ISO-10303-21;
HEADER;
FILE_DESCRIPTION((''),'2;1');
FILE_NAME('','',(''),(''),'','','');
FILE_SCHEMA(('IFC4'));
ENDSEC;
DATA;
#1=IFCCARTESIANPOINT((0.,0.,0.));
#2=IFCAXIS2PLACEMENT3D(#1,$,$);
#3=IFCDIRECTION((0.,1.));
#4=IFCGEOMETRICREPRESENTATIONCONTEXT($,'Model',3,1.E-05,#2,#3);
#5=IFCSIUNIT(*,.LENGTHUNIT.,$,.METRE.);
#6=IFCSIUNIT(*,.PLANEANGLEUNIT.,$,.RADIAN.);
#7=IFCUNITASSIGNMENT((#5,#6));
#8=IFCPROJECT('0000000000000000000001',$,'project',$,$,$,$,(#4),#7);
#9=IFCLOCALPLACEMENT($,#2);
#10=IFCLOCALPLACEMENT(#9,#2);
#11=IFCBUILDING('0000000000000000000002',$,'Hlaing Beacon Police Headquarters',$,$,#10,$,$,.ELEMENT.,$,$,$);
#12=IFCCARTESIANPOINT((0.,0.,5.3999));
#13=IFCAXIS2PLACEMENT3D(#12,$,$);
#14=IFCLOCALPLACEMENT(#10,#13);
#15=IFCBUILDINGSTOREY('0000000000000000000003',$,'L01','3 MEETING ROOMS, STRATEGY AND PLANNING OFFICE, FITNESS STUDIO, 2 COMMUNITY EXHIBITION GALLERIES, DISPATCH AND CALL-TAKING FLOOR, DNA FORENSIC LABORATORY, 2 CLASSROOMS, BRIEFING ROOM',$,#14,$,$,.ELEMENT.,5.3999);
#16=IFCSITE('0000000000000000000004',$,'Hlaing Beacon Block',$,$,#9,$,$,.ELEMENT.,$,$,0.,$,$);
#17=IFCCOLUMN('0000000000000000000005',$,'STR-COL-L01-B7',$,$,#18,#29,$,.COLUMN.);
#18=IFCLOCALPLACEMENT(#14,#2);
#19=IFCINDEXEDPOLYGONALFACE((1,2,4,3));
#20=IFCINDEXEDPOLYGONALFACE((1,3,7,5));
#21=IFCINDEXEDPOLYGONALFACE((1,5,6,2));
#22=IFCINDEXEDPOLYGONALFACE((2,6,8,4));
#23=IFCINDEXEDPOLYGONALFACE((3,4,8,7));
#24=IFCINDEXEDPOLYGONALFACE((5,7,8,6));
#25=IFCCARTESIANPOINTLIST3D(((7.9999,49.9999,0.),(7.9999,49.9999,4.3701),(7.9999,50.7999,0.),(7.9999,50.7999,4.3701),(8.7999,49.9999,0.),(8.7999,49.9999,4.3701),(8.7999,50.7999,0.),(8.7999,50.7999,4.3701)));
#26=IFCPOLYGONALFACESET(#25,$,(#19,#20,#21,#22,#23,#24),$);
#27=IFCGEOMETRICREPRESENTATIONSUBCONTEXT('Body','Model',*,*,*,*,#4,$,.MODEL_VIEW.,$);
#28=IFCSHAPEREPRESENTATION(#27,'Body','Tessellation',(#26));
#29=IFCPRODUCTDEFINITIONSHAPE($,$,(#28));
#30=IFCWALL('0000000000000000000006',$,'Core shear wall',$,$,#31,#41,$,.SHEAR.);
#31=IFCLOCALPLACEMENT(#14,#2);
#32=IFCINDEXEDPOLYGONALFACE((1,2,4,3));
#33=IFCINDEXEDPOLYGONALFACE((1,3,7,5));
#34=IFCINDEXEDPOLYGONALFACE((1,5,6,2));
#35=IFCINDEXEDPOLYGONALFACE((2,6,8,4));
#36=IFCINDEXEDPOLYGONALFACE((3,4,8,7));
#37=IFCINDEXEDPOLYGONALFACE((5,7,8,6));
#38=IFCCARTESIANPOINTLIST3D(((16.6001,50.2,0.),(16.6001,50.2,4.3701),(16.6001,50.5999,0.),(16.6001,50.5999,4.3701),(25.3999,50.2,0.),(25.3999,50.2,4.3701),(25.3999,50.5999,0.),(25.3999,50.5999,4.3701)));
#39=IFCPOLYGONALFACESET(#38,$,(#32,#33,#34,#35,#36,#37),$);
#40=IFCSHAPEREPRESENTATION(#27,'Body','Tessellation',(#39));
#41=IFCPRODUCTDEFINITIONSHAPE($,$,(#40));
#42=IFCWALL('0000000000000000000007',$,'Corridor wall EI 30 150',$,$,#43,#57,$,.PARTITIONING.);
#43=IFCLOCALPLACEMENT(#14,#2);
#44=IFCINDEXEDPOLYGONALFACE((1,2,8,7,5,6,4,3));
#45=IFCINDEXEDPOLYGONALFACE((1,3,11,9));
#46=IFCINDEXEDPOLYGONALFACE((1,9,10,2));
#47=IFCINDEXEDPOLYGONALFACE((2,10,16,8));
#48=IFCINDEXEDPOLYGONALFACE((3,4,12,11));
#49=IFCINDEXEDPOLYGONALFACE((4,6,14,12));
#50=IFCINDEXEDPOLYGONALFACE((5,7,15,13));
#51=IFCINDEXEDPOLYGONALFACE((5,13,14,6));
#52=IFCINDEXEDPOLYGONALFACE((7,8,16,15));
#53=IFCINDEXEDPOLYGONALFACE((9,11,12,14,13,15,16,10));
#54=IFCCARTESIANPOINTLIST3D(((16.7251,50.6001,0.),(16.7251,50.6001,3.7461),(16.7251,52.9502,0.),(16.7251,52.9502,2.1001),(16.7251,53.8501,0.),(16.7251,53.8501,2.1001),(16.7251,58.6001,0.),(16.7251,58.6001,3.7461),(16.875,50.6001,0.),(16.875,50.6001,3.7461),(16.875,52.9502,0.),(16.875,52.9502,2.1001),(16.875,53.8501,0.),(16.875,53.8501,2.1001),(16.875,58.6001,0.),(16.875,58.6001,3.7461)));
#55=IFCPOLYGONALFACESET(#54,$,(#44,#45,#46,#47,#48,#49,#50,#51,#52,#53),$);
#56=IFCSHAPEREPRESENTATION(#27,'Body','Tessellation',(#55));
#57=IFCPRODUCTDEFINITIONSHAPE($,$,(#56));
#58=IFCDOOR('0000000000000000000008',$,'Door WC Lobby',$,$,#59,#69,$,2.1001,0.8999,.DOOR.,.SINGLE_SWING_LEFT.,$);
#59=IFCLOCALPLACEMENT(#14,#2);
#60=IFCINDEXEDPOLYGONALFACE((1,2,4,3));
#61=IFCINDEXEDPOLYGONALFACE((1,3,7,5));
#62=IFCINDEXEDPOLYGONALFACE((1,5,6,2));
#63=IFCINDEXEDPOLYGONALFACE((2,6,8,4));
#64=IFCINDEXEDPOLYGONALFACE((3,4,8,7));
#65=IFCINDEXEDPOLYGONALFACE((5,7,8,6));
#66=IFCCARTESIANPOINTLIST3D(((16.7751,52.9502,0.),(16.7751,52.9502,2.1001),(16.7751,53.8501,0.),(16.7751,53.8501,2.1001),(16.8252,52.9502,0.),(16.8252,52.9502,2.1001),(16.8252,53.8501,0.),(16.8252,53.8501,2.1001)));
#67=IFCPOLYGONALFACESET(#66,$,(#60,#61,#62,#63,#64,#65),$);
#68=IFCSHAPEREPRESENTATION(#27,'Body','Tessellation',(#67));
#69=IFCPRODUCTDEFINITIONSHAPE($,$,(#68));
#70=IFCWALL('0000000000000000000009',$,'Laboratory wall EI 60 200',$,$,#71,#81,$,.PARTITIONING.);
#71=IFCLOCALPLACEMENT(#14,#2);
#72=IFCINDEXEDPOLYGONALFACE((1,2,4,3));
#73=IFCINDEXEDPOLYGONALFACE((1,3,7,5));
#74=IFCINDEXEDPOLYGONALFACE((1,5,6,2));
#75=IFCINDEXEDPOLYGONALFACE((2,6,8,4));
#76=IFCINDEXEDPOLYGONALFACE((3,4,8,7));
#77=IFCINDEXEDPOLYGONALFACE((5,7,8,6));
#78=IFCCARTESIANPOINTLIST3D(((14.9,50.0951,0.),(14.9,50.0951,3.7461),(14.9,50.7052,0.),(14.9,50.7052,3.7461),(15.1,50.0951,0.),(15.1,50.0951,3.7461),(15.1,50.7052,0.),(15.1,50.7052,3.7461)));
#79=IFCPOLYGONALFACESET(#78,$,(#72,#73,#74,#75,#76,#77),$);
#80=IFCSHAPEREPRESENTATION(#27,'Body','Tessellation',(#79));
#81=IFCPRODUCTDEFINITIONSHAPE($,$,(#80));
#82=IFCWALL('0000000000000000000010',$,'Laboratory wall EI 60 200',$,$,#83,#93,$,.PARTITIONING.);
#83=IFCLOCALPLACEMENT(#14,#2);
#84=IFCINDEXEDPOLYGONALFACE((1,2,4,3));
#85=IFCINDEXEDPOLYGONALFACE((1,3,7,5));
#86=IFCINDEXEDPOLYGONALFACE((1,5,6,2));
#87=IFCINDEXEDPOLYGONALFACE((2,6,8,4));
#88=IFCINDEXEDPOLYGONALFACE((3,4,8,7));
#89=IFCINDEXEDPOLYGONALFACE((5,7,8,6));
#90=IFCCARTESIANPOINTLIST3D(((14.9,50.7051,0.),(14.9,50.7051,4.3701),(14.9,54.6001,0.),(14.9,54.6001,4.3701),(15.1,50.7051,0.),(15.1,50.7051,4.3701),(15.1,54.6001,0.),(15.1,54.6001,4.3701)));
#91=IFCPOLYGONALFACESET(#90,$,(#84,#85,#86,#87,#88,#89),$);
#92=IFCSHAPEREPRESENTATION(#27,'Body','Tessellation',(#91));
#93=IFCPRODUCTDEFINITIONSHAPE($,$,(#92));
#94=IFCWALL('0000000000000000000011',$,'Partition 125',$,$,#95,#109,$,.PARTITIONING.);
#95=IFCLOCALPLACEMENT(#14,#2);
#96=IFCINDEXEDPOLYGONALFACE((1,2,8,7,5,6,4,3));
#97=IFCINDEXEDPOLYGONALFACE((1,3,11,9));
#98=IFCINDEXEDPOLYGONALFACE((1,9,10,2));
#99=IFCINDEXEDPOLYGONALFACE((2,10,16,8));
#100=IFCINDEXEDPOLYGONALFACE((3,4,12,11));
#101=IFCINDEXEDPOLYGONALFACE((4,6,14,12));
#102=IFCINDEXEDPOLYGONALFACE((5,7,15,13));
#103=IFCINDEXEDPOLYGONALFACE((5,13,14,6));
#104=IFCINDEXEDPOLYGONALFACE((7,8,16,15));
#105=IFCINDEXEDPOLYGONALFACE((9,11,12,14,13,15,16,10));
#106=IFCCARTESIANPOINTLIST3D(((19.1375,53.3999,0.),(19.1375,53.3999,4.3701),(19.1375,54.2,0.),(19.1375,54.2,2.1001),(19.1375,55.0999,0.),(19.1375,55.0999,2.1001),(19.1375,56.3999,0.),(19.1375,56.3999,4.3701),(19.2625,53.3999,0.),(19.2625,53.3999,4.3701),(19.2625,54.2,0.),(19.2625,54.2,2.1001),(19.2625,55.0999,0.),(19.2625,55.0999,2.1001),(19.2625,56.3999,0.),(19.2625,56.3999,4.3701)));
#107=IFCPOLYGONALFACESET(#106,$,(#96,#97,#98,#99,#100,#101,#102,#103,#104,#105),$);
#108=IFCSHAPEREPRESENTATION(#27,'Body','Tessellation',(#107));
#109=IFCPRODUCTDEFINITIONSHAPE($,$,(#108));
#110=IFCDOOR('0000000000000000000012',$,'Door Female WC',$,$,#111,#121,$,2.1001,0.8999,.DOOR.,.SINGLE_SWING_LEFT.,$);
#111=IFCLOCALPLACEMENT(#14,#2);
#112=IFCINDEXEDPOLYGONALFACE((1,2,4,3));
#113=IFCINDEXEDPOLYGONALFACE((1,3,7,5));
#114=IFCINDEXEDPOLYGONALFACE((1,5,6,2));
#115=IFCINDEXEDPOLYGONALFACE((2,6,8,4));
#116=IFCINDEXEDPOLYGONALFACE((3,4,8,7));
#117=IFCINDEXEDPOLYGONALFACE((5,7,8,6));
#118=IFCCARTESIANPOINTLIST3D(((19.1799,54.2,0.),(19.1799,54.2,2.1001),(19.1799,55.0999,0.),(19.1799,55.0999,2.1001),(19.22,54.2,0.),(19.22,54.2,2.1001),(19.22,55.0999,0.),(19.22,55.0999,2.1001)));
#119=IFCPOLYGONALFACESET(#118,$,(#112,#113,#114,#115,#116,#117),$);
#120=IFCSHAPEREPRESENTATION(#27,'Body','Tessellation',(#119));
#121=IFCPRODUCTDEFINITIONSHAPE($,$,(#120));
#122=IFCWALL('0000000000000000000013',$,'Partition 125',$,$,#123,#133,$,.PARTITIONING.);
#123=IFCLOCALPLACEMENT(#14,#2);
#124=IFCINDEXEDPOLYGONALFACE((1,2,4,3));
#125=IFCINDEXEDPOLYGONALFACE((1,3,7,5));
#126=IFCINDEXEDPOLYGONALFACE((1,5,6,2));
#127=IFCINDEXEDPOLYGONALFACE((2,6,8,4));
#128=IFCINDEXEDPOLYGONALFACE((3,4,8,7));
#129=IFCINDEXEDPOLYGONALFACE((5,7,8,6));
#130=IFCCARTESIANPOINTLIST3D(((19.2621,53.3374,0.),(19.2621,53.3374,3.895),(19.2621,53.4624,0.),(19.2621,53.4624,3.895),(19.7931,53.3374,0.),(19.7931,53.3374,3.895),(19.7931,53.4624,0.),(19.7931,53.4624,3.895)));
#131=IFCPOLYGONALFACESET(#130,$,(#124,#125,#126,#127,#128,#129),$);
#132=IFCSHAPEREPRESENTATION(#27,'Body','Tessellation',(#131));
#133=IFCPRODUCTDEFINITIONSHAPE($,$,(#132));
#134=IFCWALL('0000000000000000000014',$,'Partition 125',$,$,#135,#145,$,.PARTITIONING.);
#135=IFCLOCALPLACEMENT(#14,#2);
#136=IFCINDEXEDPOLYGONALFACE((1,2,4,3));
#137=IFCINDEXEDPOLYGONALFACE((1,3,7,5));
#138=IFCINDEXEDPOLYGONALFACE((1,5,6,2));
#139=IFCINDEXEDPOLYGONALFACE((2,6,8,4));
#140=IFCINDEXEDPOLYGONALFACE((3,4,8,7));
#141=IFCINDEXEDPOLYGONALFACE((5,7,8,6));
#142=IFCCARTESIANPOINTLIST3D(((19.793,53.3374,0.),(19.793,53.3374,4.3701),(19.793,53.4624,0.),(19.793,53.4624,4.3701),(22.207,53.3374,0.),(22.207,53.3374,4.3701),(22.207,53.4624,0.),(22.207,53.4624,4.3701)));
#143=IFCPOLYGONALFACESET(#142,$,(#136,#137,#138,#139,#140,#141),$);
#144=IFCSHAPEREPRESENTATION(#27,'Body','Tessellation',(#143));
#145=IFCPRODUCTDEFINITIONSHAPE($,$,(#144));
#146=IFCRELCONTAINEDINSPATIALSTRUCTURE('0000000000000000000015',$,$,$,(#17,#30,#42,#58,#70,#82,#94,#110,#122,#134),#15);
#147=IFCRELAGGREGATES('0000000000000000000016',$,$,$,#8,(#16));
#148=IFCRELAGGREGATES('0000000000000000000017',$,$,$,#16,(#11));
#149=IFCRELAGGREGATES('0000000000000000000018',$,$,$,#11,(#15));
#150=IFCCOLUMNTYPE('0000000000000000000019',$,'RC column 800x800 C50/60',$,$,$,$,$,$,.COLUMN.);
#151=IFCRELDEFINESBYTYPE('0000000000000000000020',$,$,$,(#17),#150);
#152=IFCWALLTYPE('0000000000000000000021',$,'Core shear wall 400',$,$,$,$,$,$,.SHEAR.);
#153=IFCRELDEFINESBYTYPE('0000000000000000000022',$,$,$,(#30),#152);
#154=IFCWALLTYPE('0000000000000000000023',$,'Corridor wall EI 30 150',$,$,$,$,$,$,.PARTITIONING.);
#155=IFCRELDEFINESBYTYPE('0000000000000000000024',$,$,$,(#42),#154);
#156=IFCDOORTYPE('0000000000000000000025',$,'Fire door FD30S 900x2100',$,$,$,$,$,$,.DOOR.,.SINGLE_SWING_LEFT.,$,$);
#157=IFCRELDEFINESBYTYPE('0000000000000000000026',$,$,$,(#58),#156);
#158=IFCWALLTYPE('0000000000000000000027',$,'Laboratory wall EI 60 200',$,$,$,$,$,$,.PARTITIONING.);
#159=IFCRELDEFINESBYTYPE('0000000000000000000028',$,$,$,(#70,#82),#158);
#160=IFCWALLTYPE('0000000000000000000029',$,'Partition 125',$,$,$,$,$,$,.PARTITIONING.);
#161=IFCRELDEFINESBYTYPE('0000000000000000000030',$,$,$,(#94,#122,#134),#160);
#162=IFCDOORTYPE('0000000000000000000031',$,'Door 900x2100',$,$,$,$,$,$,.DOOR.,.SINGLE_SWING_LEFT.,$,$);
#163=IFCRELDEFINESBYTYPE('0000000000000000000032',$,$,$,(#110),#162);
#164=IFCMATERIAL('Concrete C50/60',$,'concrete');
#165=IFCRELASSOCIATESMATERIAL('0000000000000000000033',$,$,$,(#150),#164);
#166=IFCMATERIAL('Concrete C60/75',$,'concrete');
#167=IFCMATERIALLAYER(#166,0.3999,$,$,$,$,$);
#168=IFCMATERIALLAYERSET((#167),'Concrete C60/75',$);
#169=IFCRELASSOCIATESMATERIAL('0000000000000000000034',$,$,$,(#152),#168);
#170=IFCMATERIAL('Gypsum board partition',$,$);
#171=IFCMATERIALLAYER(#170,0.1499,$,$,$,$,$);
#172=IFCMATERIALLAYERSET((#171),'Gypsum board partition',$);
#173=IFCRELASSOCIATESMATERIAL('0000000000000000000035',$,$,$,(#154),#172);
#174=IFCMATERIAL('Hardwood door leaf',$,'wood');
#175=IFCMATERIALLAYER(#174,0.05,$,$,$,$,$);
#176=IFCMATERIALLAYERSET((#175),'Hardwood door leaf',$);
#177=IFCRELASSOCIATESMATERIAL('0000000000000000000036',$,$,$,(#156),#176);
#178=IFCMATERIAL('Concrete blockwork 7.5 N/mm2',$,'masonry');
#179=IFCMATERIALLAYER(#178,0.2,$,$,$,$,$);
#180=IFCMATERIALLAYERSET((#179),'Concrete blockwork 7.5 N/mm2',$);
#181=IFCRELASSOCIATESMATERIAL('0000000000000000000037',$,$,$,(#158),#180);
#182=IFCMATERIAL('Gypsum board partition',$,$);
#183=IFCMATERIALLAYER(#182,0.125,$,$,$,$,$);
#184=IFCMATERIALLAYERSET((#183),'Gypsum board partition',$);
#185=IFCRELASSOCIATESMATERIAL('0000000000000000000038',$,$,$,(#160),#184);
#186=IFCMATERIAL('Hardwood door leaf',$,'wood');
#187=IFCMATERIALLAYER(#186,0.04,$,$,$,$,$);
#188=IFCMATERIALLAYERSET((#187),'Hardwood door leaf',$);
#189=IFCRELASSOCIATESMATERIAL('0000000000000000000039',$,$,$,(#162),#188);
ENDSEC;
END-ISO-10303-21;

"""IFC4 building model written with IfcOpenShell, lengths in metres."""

from ifc_helpers import new_model, si_unit, direction, frame, frame_2d, origin, origin_2d, place, context, subcontext, project, spatial, rectangle, extrude, material, layer, layer_set, material_profile, profile_set, type_object, element, fill, save


model = new_model("IFC4")

# Units and contexts
model_context = context("Model", 3, precision=1e-05, world=origin(), true_north=direction((0.0, 1.0)))
body_context = subcontext(model_context, "Body", "Model", "MODEL_VIEW")
ifc_project = project(units=[si_unit("LENGTHUNIT", "METRE"), si_unit("PLANEANGLEUNIT", "RADIAN")], contexts=[model_context])

# Site, building, storey
site_placement = place(None, origin())
site = spatial("IfcSite", under=ifc_project, at=site_placement, Name="Hlaing Beacon Block", CompositionType="ELEMENT", RefElevation=0.0)
building_placement = place(site_placement, origin())
building = spatial("IfcBuilding", under=site, at=building_placement, Name="Hlaing Beacon Police Headquarters", CompositionType="ELEMENT")
storey_placement = place(building_placement, frame((0.0, 0.0, 5.3999)))
storey = spatial("IfcBuildingStorey", under=building, at=storey_placement, Name="L01", Description="3 MEETING ROOMS, STRATEGY AND PLANNING OFFICE, FITNESS STUDIO, 2 COMMUNITY EXHIBITION GALLERIES, DISPATCH AND CALL-TAKING FLOOR, DNA FORENSIC LABORATORY, 2 CLASSROOMS, BRIEFING ROOM", CompositionType="ELEMENT", Elevation=5.3999)

# Column
ifc_material_1 = material(Name="Concrete C50/60", Category="concrete")
ifc_material_profile = material_profile(ifc_material_1, rectangle(XDim=0.8, YDim=0.8, at=origin_2d()), Name="800x800")
ifc_profile_set = profile_set([ifc_material_profile], Name="Concrete C50/60")
column_type = type_object("IfcColumnType", Name="RC column 800x800 C50/60", PredefinedType="COLUMN", material=ifc_profile_set)
column_placement = place(storey_placement, frame((8.3999, 50.3999, 0.0), z_axis=(0.0, 0.0, 1.0), x_axis=(1.0, 0.0, 0.0)))
element("IfcColumn", 1, at=column_placement, inside=storey, type_object=column_type, Name="STR-COL-L01-B7", PredefinedType="COLUMN", context=body_context, shape_type="SweptSolid", body=[
    extrude(rectangle(XDim=0.8, YDim=0.8, at=origin_2d()), origin(), (0.0, 0.0, 1.0), 4.3701),
])

# Wall
ifc_material_2 = material(Name="Concrete C60/75", Category="concrete")
ifc_layer_1 = layer(ifc_material_2, 0.3999)
ifc_layer_set_1 = layer_set([ifc_layer_1], Name="Concrete C60/75")
wall_type_1 = type_object("IfcWallType", Name="Core shear wall 400", PredefinedType="SHEAR", material=ifc_layer_set_1)
wall_1_placement = place(storey_placement, frame((16.6001, 50.3999, 0.0), z_axis=(0.0, 0.0, 1.0), x_axis=(1.0, 0.0, 0.0)))
element("IfcWall", 2, at=wall_1_placement, inside=storey, type_object=wall_type_1, Name="Core shear wall", PredefinedType="SHEAR", context=body_context, shape_type="SweptSolid", body=[
    extrude(rectangle(XDim=8.7998, YDim=0.3999, at=frame_2d((4.3999, 0.0))), origin(), (0.0, 0.0, 1.0), 4.3701),
])

# Wall, opening, door
ifc_material_3 = material(Name="Gypsum board partition")
ifc_layer_2 = layer(ifc_material_3, 0.1499)
ifc_layer_set_2 = layer_set([ifc_layer_2], Name="Gypsum board partition")
wall_type_2 = type_object("IfcWallType", Name="Corridor wall EI 30 150", PredefinedType="PARTITIONING", material=ifc_layer_set_2)
wall_2_placement = place(storey_placement, frame((16.8, 50.6001, 0.0), z_axis=(0.0, 0.0, 1.0), x_axis=(0.0, 1.0, 0.0)))
wall_2 = element("IfcWall", 3, at=wall_2_placement, inside=storey, type_object=wall_type_2, Name="Corridor wall EI 30 150", PredefinedType="PARTITIONING", context=body_context, shape_type="SweptSolid", body=[
    extrude(rectangle(XDim=8.0, YDim=0.1499, at=frame_2d((4.0, 0.0))), origin(), (0.0, 0.0, 1.0), 3.7461),
])
opening_1_placement = place(wall_2_placement, frame((2.3501, 0.0, 0.0)))
opening_1 = element("IfcOpeningElement", 4, at=opening_1_placement, cuts=wall_2, PredefinedType="OPENING", context=body_context, shape_type="SweptSolid", body=[
    extrude(rectangle(XDim=0.8999, YDim=2.1001, at=frame_2d((0.45, 1.05))), frame((0.0, 0.085, 0.0), z_axis=(0.0, -1.0, 0.0), x_axis=(1.0, 0.0, 0.0)), (0.0, 0.0, 1.0), 0.1699),
])
ifc_material_4 = material(Name="Hardwood door leaf", Category="wood")
ifc_layer_3 = layer(ifc_material_4, 0.05)
ifc_layer_set_3 = layer_set([ifc_layer_3], Name="Hardwood door leaf")
door_type_1 = type_object("IfcDoorType", Name="Fire door FD30S 900x2100", OperationType="SINGLE_SWING_LEFT", PredefinedType="DOOR", material=ifc_layer_set_3)
door_1_placement = place(opening_1_placement, frame((0.8999, 0.0, 0.0), z_axis=(0.0, 0.0, 1.0), x_axis=(-1.0, 0.0, 0.0)))
door_1 = element("IfcDoor", 5, at=door_1_placement, inside=storey, type_object=door_type_1, Name="Door WC Lobby", OperationType="SINGLE_SWING_LEFT", OverallHeight=2.1001, OverallWidth=0.8999, PredefinedType="DOOR", context=body_context, shape_type="SweptSolid", body=[
    extrude(rectangle(XDim=0.8999, YDim=2.1001, at=frame_2d((0.45, 1.05))), frame((0.0, 0.0251, 0.0), z_axis=(0.0, -1.0, 0.0), x_axis=(1.0, 0.0, 0.0)), (0.0, 0.0, 1.0), 0.05),
])
fill(opening_1, door_1)

# Walls
ifc_material_5 = material(Name="Concrete blockwork 7.5 N/mm2", Category="masonry")
ifc_layer_4 = layer(ifc_material_5, 0.2)
ifc_layer_set_4 = layer_set([ifc_layer_4], Name="Concrete blockwork 7.5 N/mm2")
wall_type_3 = type_object("IfcWallType", Name="Laboratory wall EI 60 200", PredefinedType="PARTITIONING", material=ifc_layer_set_4)
wall_3_placement = place(storey_placement, frame((15.0, 50.095, 0.0), z_axis=(0.0, 0.0, 1.0), x_axis=(0.0, 1.0, 0.0)))
element("IfcWall", 6, at=wall_3_placement, inside=storey, type_object=wall_type_3, Name="Laboratory wall EI 60 200", PredefinedType="PARTITIONING", context=body_context, shape_type="SweptSolid", body=[
    extrude(rectangle(XDim=0.6101, YDim=0.2, at=frame_2d((0.3052, 0.0))), origin(), (0.0, 0.0, 1.0), 3.7461),
])
wall_4_placement = place(storey_placement, frame((15.0, 50.7051, 0.0), z_axis=(0.0, 0.0, 1.0), x_axis=(0.0, 1.0, 0.0)))
element("IfcWall", 7, at=wall_4_placement, inside=storey, type_object=wall_type_3, Name="Laboratory wall EI 60 200", PredefinedType="PARTITIONING", context=body_context, shape_type="SweptSolid", body=[
    extrude(rectangle(XDim=3.895, YDim=0.2, at=frame_2d((1.9475, 0.0))), origin(), (0.0, 0.0, 1.0), 4.3701),
])

# Wall, opening, door
ifc_material_6 = material(Name="Gypsum board partition")
ifc_layer_5 = layer(ifc_material_6, 0.125)
ifc_layer_set_5 = layer_set([ifc_layer_5], Name="Gypsum board partition")
wall_type_4 = type_object("IfcWallType", Name="Partition 125", PredefinedType="PARTITIONING", material=ifc_layer_set_5)
wall_5_placement = place(storey_placement, frame((19.2, 53.3999, 0.0), z_axis=(0.0, 0.0, 1.0), x_axis=(0.0, 1.0, 0.0)))
wall_5 = element("IfcWall", 8, at=wall_5_placement, inside=storey, type_object=wall_type_4, Name="Partition 125", PredefinedType="PARTITIONING", context=body_context, shape_type="SweptSolid", body=[
    extrude(rectangle(XDim=3.0, YDim=0.125, at=frame_2d((1.5, 0.0))), origin(), (0.0, 0.0, 1.0), 4.3701),
])
opening_2_placement = place(wall_5_placement, frame((0.8, 0.0, 0.0)))
opening_2 = element("IfcOpeningElement", 9, at=opening_2_placement, cuts=wall_5, PredefinedType="OPENING", context=body_context, shape_type="SweptSolid", body=[
    extrude(rectangle(XDim=0.8999, YDim=2.1001, at=frame_2d((0.45, 1.05))), frame((0.0, 0.0725, 0.0), z_axis=(0.0, -1.0, 0.0), x_axis=(1.0, 0.0, 0.0)), (0.0, 0.0, 1.0), 0.145),
])
ifc_material_7 = material(Name="Hardwood door leaf", Category="wood")
ifc_layer_6 = layer(ifc_material_7, 0.04)
ifc_layer_set_6 = layer_set([ifc_layer_6], Name="Hardwood door leaf")
door_type_2 = type_object("IfcDoorType", Name="Door 900x2100", OperationType="SINGLE_SWING_LEFT", PredefinedType="DOOR", material=ifc_layer_set_6)
door_2_placement = place(opening_2_placement, frame((0.8999, 0.0, 0.0), z_axis=(0.0, 0.0, 1.0), x_axis=(-1.0, 0.0, 0.0)))
door_2 = element("IfcDoor", 10, at=door_2_placement, inside=storey, type_object=door_type_2, Name="Door Female WC", OperationType="SINGLE_SWING_LEFT", OverallHeight=2.1001, OverallWidth=0.8999, PredefinedType="DOOR", context=body_context, shape_type="SweptSolid", body=[
    extrude(rectangle(XDim=0.8999, YDim=2.1001, at=frame_2d((0.45, 1.05))), frame((0.0, 0.02, 0.0), z_axis=(0.0, -1.0, 0.0), x_axis=(1.0, 0.0, 0.0)), (0.0, 0.0, 1.0), 0.04),
])
fill(opening_2, door_2)

# Walls
wall_6_placement = place(storey_placement, frame((19.262, 53.3999, 0.0), z_axis=(0.0, 0.0, 1.0), x_axis=(1.0, 0.0, 0.0)))
element("IfcWall", 11, at=wall_6_placement, inside=storey, type_object=wall_type_4, Name="Partition 125", PredefinedType="PARTITIONING", context=body_context, shape_type="SweptSolid", body=[
    extrude(rectangle(XDim=0.531, YDim=0.125, at=frame_2d((0.2656, 0.0))), origin(), (0.0, 0.0, 1.0), 3.895),
])
wall_7_placement = place(storey_placement, frame((19.793, 53.3999, 0.0), z_axis=(0.0, 0.0, 1.0), x_axis=(1.0, 0.0, 0.0)))
element("IfcWall", 12, at=wall_7_placement, inside=storey, type_object=wall_type_4, Name="Partition 125", PredefinedType="PARTITIONING", context=body_context, shape_type="SweptSolid", body=[
    extrude(rectangle(XDim=2.4141, YDim=0.125, at=frame_2d((1.207, 0.0))), origin(), (0.0, 0.0, 1.0), 4.3701),
])

save(model, "model.ifc")
